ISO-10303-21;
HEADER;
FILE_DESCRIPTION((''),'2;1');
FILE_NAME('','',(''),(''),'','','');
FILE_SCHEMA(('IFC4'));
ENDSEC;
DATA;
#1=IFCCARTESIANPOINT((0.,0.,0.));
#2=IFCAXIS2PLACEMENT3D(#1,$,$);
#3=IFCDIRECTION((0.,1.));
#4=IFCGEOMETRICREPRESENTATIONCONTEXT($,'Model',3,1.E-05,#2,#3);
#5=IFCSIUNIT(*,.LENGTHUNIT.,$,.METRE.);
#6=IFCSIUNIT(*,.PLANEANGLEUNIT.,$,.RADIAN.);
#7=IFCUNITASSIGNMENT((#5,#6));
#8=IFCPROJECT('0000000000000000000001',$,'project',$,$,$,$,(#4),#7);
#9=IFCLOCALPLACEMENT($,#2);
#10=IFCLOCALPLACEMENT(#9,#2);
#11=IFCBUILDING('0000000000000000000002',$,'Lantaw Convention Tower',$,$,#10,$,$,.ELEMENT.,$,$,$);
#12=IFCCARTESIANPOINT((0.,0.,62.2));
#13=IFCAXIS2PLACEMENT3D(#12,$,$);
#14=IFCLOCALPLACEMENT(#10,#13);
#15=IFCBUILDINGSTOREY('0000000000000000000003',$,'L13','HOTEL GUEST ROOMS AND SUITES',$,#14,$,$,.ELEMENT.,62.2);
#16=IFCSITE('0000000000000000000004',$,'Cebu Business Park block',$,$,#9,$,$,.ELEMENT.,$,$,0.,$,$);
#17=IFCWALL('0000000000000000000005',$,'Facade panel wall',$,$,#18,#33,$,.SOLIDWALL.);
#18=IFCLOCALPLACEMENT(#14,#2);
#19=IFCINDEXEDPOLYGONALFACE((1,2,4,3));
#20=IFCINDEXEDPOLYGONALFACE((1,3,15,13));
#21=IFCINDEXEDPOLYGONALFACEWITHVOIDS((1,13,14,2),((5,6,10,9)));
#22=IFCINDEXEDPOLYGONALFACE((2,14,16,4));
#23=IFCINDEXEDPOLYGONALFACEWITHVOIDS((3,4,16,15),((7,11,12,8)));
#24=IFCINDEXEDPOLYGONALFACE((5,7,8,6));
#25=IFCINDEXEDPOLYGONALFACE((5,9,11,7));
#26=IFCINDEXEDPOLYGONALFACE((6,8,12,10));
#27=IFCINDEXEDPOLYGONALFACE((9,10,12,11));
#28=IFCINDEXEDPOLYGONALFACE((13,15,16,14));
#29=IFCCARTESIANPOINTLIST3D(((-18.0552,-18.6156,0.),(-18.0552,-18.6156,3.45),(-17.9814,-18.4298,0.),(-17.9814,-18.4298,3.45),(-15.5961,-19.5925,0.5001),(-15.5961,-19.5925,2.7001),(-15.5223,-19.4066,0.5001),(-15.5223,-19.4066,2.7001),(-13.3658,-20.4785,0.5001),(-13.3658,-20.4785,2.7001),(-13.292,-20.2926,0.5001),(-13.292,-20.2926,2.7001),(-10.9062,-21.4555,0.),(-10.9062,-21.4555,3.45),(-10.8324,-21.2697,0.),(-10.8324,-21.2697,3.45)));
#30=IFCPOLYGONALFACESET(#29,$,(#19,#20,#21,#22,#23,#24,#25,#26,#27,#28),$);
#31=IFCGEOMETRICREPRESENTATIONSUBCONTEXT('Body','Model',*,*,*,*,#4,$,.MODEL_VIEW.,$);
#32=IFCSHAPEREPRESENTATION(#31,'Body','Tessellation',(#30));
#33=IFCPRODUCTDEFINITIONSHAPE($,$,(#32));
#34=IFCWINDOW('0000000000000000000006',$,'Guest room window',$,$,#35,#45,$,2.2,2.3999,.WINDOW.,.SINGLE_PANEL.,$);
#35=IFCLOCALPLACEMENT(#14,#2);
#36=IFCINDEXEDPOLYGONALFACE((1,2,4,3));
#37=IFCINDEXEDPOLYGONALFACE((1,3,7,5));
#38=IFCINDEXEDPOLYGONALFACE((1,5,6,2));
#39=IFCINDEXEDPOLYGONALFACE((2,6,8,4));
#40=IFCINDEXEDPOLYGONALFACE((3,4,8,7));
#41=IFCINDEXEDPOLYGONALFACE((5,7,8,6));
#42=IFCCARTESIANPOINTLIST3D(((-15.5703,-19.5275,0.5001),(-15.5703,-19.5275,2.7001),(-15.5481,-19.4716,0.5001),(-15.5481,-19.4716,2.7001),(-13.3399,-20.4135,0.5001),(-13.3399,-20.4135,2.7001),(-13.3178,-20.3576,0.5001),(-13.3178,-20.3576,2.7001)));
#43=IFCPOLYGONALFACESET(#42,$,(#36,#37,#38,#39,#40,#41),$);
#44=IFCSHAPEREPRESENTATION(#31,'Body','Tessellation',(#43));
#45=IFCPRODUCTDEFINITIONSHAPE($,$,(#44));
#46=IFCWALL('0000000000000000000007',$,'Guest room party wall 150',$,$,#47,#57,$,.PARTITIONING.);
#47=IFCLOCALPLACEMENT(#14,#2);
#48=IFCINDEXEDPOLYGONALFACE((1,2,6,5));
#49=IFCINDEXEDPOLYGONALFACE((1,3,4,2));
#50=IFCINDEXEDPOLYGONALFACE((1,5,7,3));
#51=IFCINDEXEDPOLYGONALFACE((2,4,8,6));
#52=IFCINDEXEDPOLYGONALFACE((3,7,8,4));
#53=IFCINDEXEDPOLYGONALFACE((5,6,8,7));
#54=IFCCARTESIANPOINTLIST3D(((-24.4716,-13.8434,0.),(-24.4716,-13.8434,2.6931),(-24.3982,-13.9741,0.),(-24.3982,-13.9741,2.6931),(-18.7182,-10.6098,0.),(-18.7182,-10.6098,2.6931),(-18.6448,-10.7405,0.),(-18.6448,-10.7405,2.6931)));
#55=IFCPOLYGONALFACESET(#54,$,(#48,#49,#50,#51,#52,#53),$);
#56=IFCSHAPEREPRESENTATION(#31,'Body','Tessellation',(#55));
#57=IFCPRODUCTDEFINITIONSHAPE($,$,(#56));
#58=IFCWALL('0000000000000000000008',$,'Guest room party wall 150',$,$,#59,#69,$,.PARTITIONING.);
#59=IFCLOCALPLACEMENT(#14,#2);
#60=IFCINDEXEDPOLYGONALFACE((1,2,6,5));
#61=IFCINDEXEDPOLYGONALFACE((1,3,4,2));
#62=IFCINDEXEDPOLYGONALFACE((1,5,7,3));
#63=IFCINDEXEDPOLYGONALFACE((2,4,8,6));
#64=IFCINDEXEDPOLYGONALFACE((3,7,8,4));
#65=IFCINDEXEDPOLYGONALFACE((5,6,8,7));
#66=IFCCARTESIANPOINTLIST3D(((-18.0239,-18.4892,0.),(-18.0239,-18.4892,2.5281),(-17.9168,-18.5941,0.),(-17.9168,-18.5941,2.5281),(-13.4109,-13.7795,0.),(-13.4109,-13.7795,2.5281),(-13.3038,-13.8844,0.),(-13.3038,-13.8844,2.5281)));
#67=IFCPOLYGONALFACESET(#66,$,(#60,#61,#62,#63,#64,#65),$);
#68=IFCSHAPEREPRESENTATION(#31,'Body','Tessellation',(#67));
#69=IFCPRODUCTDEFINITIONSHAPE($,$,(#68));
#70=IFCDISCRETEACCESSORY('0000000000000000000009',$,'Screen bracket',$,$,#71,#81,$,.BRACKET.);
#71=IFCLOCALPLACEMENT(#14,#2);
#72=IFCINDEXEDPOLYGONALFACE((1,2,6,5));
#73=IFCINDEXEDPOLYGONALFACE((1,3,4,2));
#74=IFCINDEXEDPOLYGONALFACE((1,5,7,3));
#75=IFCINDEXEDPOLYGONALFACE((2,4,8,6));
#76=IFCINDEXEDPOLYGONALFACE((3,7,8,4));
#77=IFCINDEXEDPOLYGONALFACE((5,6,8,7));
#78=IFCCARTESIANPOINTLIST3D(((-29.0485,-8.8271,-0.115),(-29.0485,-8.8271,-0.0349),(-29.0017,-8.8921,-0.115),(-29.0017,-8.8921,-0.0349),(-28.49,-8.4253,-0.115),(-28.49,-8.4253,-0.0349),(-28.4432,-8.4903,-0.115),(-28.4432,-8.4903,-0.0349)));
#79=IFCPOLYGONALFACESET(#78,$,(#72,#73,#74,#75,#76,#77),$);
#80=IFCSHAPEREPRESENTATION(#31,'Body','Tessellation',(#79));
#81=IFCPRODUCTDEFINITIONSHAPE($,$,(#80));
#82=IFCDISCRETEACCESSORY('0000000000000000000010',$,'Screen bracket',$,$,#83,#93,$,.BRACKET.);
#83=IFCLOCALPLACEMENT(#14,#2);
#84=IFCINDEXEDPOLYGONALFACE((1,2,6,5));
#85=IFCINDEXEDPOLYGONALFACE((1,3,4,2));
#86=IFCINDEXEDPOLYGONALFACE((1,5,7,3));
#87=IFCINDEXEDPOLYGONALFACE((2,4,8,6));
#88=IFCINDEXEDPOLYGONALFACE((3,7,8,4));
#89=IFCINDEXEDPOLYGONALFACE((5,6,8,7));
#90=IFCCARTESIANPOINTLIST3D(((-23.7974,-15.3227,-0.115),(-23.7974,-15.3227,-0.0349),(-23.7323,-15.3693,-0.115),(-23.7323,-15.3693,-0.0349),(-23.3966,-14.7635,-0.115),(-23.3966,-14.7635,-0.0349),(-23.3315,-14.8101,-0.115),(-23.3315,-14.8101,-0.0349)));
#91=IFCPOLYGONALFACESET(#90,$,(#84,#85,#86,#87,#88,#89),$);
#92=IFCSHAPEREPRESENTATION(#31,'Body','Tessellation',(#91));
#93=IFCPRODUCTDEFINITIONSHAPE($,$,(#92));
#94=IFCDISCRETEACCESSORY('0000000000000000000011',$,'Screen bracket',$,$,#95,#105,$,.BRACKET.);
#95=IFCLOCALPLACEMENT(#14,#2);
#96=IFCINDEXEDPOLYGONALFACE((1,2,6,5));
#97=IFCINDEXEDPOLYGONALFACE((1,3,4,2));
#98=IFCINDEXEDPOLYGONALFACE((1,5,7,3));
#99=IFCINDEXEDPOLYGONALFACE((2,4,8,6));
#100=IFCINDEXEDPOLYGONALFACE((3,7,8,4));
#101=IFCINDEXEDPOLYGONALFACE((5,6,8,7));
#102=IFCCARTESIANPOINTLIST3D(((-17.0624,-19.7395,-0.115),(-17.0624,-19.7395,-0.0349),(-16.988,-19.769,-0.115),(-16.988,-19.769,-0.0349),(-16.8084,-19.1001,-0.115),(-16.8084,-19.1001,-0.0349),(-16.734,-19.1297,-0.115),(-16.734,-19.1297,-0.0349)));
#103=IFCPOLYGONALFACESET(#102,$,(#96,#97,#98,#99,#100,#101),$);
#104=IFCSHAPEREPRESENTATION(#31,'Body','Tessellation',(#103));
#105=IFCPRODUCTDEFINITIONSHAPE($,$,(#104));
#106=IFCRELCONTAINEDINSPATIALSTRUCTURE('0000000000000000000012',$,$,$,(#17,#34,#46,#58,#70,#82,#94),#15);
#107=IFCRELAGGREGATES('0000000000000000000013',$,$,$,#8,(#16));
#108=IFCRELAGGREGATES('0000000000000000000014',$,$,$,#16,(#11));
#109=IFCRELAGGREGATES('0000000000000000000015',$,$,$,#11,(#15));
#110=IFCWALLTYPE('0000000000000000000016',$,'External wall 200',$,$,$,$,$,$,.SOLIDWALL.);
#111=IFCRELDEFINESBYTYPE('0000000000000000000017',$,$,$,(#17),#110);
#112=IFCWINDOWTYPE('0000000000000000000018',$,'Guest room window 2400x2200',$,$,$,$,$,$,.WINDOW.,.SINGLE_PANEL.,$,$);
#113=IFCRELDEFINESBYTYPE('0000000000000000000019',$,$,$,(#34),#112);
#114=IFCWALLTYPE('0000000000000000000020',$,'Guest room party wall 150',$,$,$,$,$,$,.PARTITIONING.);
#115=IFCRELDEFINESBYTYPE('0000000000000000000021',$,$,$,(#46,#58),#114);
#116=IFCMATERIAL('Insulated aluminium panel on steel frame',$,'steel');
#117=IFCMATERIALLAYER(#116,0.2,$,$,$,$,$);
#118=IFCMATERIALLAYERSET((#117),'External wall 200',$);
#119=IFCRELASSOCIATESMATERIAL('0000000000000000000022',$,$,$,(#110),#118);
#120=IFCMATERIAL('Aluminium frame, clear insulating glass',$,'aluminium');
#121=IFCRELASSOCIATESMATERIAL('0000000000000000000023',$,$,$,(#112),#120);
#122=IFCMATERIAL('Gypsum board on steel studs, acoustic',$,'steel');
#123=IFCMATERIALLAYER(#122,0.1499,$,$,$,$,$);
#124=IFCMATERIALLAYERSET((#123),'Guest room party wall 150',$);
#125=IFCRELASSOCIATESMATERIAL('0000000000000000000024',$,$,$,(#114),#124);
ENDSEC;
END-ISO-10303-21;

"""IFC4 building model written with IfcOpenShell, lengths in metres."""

from ifc_helpers import new_model, si_unit, direction, frame, frame_2d, origin, origin_2d, place, context, subcontext, project, spatial, rectangle, extrude, material, layer, layer_set, type_object, element, fill, save


model = new_model("IFC4")

# Units and contexts
model_context = context("Model", 3, precision=1e-05, world=origin(), true_north=direction((0.0, 1.0)))
body_context = subcontext(model_context, "Body", "Model", "MODEL_VIEW")
ifc_project = project(units=[si_unit("LENGTHUNIT", "METRE"), si_unit("PLANEANGLEUNIT", "RADIAN")], contexts=[model_context])

# Site, building, storey
site_placement = place(None, origin())
site = spatial("IfcSite", under=ifc_project, at=site_placement, Name="Cebu Business Park block", CompositionType="ELEMENT", RefElevation=0.0)
building_placement = place(site_placement, origin())
building = spatial("IfcBuilding", under=site, at=building_placement, Name="Lantaw Convention Tower", CompositionType="ELEMENT")
storey_placement = place(building_placement, frame((0.0, 0.0, 62.2)))
storey = spatial("IfcBuildingStorey", under=building, at=storey_placement, Name="L13", Description="HOTEL GUEST ROOMS AND SUITES", CompositionType="ELEMENT", Elevation=62.2)

# Wall, opening, window
ifc_material_1 = material(Name="Insulated aluminium panel on steel frame", Category="steel")
ifc_layer_1 = layer(ifc_material_1, 0.2)
ifc_layer_set_1 = layer_set([ifc_layer_1], Name="External wall 200")
wall_type_1 = type_object("IfcWallType", Name="External wall 200", PredefinedType="SOLIDWALL", material=ifc_layer_set_1)
ifc_material_2 = material(Name="Aluminium frame, clear insulating glass", Category="aluminium")
window_type = type_object("IfcWindowType", Name="Guest room window 2400x2200", PartitioningType="SINGLE_PANEL", PredefinedType="WINDOW", material=ifc_material_2)
wall_1_placement = place(storey_placement, frame((-18.0183, -18.5227, 0.0), z_axis=(0.0, 0.0, 1.0), x_axis=(0.929358, -0.369179, 0.0)))
wall_1 = element("IfcWall", 1, at=wall_1_placement, inside=storey, type_object=wall_type_1, Name="Facade panel wall", PredefinedType="SOLIDWALL", context=body_context, shape_type="SweptSolid", body=[
    extrude(rectangle(XDim=7.6924, YDim=0.2, at=frame_2d((3.8462, 0.0))), origin(), (0.0, 0.0, 1.0), 3.45),
])
opening_1_placement = place(wall_1_placement, frame((2.646, 0.0, 0.5)))
opening_1 = element("IfcOpeningElement", 2, at=opening_1_placement, cuts=wall_1, PredefinedType="OPENING", context=body_context, shape_type="SweptSolid", body=[
    extrude(rectangle(XDim=2.3999, YDim=2.2, at=frame_2d((1.2, 1.1001))), frame((0.0, 0.1099, 0.0), z_axis=(0.0, -1.0, 0.0), x_axis=(1.0, 0.0, 0.0)), (0.0, 0.0, 1.0), 0.22),
])
window_1_placement = place(opening_1_placement, origin())
window_1 = element("IfcWindow", 3, at=window_1_placement, inside=storey, type_object=window_type, Name="Guest room window", OverallHeight=2.2, OverallWidth=2.3999, PartitioningType="SINGLE_PANEL", PredefinedType="WINDOW", context=body_context, shape_type="SweptSolid", body=[
    extrude(rectangle(XDim=2.3999, YDim=2.2, at=frame_2d((1.2, 1.1001))), frame((0.0, 0.03, 0.0), z_axis=(0.0, -1.0, 0.0), x_axis=(1.0, 0.0, 0.0)), (0.0, 0.0, 1.0), 0.0601),
])
fill(opening_1, window_1)

# Walls
ifc_material_3 = material(Name="Gypsum board on steel studs, acoustic", Category="steel")
ifc_layer_2 = layer(ifc_material_3, 0.1499)
ifc_layer_set_2 = layer_set([ifc_layer_2], Name="Guest room party wall 150")
wall_type_2 = type_object("IfcWallType", Name="Guest room party wall 150", PredefinedType="PARTITIONING", material=ifc_layer_set_2)
wall_2_placement = place(storey_placement, frame((-24.4348, -13.9087, 0.0), z_axis=(0.0, 0.0, 1.0), x_axis=(0.871747, 0.489956, 0.0)))
element("IfcWall", 4, at=wall_2_placement, inside=storey, type_object=wall_type_2, Name="Guest room party wall 150", PredefinedType="PARTITIONING", context=body_context, shape_type="SweptSolid", body=[
    extrude(rectangle(XDim=6.5999, YDim=0.1499, at=frame_2d((3.2998, 0.0))), origin(), (0.0, 0.0, 1.0), 2.6931),
])
wall_3_placement = place(storey_placement, frame((-17.9705, -18.5417, 0.0), z_axis=(0.0, 0.0, 1.0), x_axis=(0.699736, 0.714401, 0.0)))
element("IfcWall", 5, at=wall_3_placement, inside=storey, type_object=wall_type_2, Name="Guest room party wall 150", PredefinedType="PARTITIONING", context=body_context, shape_type="SweptSolid", body=[
    extrude(rectangle(XDim=6.5925, YDim=0.1499, at=frame_2d((3.2964, 0.0))), origin(), (0.0, 0.0, 1.0), 2.5281),
])

# Discrete accessories
for number, where, z_axis, x_axis, name in (
    (6, (-28.7458, -8.6587, -0.115), (0.0, 0.0, 1.0), (0.583951, -0.811789, 0.0), "Screen bracket"),
    (7, (-23.5645, -15.0664, -0.115), (0.0, 0.0, 1.0), (0.812804, -0.582538, 0.0), "Screen bracket"),
    (8, (-16.8982, -19.4346, -0.115), (0.0, 0.0, 1.0), (0.929361, -0.369172, 0.0), "Screen bracket"),
):
    element("IfcDiscreteAccessory", number, at=place(storey_placement, frame(where, z_axis=z_axis, x_axis=x_axis)), inside=storey, Name=name, PredefinedType="BRACKET", context=body_context, shape_type="SweptSolid", body=[
        extrude(rectangle(XDim=0.0801, YDim=0.688, at=origin_2d()), origin(), (0.0, 0.0, 1.0), 0.0801),
    ])

save(model, "model.ifc")
